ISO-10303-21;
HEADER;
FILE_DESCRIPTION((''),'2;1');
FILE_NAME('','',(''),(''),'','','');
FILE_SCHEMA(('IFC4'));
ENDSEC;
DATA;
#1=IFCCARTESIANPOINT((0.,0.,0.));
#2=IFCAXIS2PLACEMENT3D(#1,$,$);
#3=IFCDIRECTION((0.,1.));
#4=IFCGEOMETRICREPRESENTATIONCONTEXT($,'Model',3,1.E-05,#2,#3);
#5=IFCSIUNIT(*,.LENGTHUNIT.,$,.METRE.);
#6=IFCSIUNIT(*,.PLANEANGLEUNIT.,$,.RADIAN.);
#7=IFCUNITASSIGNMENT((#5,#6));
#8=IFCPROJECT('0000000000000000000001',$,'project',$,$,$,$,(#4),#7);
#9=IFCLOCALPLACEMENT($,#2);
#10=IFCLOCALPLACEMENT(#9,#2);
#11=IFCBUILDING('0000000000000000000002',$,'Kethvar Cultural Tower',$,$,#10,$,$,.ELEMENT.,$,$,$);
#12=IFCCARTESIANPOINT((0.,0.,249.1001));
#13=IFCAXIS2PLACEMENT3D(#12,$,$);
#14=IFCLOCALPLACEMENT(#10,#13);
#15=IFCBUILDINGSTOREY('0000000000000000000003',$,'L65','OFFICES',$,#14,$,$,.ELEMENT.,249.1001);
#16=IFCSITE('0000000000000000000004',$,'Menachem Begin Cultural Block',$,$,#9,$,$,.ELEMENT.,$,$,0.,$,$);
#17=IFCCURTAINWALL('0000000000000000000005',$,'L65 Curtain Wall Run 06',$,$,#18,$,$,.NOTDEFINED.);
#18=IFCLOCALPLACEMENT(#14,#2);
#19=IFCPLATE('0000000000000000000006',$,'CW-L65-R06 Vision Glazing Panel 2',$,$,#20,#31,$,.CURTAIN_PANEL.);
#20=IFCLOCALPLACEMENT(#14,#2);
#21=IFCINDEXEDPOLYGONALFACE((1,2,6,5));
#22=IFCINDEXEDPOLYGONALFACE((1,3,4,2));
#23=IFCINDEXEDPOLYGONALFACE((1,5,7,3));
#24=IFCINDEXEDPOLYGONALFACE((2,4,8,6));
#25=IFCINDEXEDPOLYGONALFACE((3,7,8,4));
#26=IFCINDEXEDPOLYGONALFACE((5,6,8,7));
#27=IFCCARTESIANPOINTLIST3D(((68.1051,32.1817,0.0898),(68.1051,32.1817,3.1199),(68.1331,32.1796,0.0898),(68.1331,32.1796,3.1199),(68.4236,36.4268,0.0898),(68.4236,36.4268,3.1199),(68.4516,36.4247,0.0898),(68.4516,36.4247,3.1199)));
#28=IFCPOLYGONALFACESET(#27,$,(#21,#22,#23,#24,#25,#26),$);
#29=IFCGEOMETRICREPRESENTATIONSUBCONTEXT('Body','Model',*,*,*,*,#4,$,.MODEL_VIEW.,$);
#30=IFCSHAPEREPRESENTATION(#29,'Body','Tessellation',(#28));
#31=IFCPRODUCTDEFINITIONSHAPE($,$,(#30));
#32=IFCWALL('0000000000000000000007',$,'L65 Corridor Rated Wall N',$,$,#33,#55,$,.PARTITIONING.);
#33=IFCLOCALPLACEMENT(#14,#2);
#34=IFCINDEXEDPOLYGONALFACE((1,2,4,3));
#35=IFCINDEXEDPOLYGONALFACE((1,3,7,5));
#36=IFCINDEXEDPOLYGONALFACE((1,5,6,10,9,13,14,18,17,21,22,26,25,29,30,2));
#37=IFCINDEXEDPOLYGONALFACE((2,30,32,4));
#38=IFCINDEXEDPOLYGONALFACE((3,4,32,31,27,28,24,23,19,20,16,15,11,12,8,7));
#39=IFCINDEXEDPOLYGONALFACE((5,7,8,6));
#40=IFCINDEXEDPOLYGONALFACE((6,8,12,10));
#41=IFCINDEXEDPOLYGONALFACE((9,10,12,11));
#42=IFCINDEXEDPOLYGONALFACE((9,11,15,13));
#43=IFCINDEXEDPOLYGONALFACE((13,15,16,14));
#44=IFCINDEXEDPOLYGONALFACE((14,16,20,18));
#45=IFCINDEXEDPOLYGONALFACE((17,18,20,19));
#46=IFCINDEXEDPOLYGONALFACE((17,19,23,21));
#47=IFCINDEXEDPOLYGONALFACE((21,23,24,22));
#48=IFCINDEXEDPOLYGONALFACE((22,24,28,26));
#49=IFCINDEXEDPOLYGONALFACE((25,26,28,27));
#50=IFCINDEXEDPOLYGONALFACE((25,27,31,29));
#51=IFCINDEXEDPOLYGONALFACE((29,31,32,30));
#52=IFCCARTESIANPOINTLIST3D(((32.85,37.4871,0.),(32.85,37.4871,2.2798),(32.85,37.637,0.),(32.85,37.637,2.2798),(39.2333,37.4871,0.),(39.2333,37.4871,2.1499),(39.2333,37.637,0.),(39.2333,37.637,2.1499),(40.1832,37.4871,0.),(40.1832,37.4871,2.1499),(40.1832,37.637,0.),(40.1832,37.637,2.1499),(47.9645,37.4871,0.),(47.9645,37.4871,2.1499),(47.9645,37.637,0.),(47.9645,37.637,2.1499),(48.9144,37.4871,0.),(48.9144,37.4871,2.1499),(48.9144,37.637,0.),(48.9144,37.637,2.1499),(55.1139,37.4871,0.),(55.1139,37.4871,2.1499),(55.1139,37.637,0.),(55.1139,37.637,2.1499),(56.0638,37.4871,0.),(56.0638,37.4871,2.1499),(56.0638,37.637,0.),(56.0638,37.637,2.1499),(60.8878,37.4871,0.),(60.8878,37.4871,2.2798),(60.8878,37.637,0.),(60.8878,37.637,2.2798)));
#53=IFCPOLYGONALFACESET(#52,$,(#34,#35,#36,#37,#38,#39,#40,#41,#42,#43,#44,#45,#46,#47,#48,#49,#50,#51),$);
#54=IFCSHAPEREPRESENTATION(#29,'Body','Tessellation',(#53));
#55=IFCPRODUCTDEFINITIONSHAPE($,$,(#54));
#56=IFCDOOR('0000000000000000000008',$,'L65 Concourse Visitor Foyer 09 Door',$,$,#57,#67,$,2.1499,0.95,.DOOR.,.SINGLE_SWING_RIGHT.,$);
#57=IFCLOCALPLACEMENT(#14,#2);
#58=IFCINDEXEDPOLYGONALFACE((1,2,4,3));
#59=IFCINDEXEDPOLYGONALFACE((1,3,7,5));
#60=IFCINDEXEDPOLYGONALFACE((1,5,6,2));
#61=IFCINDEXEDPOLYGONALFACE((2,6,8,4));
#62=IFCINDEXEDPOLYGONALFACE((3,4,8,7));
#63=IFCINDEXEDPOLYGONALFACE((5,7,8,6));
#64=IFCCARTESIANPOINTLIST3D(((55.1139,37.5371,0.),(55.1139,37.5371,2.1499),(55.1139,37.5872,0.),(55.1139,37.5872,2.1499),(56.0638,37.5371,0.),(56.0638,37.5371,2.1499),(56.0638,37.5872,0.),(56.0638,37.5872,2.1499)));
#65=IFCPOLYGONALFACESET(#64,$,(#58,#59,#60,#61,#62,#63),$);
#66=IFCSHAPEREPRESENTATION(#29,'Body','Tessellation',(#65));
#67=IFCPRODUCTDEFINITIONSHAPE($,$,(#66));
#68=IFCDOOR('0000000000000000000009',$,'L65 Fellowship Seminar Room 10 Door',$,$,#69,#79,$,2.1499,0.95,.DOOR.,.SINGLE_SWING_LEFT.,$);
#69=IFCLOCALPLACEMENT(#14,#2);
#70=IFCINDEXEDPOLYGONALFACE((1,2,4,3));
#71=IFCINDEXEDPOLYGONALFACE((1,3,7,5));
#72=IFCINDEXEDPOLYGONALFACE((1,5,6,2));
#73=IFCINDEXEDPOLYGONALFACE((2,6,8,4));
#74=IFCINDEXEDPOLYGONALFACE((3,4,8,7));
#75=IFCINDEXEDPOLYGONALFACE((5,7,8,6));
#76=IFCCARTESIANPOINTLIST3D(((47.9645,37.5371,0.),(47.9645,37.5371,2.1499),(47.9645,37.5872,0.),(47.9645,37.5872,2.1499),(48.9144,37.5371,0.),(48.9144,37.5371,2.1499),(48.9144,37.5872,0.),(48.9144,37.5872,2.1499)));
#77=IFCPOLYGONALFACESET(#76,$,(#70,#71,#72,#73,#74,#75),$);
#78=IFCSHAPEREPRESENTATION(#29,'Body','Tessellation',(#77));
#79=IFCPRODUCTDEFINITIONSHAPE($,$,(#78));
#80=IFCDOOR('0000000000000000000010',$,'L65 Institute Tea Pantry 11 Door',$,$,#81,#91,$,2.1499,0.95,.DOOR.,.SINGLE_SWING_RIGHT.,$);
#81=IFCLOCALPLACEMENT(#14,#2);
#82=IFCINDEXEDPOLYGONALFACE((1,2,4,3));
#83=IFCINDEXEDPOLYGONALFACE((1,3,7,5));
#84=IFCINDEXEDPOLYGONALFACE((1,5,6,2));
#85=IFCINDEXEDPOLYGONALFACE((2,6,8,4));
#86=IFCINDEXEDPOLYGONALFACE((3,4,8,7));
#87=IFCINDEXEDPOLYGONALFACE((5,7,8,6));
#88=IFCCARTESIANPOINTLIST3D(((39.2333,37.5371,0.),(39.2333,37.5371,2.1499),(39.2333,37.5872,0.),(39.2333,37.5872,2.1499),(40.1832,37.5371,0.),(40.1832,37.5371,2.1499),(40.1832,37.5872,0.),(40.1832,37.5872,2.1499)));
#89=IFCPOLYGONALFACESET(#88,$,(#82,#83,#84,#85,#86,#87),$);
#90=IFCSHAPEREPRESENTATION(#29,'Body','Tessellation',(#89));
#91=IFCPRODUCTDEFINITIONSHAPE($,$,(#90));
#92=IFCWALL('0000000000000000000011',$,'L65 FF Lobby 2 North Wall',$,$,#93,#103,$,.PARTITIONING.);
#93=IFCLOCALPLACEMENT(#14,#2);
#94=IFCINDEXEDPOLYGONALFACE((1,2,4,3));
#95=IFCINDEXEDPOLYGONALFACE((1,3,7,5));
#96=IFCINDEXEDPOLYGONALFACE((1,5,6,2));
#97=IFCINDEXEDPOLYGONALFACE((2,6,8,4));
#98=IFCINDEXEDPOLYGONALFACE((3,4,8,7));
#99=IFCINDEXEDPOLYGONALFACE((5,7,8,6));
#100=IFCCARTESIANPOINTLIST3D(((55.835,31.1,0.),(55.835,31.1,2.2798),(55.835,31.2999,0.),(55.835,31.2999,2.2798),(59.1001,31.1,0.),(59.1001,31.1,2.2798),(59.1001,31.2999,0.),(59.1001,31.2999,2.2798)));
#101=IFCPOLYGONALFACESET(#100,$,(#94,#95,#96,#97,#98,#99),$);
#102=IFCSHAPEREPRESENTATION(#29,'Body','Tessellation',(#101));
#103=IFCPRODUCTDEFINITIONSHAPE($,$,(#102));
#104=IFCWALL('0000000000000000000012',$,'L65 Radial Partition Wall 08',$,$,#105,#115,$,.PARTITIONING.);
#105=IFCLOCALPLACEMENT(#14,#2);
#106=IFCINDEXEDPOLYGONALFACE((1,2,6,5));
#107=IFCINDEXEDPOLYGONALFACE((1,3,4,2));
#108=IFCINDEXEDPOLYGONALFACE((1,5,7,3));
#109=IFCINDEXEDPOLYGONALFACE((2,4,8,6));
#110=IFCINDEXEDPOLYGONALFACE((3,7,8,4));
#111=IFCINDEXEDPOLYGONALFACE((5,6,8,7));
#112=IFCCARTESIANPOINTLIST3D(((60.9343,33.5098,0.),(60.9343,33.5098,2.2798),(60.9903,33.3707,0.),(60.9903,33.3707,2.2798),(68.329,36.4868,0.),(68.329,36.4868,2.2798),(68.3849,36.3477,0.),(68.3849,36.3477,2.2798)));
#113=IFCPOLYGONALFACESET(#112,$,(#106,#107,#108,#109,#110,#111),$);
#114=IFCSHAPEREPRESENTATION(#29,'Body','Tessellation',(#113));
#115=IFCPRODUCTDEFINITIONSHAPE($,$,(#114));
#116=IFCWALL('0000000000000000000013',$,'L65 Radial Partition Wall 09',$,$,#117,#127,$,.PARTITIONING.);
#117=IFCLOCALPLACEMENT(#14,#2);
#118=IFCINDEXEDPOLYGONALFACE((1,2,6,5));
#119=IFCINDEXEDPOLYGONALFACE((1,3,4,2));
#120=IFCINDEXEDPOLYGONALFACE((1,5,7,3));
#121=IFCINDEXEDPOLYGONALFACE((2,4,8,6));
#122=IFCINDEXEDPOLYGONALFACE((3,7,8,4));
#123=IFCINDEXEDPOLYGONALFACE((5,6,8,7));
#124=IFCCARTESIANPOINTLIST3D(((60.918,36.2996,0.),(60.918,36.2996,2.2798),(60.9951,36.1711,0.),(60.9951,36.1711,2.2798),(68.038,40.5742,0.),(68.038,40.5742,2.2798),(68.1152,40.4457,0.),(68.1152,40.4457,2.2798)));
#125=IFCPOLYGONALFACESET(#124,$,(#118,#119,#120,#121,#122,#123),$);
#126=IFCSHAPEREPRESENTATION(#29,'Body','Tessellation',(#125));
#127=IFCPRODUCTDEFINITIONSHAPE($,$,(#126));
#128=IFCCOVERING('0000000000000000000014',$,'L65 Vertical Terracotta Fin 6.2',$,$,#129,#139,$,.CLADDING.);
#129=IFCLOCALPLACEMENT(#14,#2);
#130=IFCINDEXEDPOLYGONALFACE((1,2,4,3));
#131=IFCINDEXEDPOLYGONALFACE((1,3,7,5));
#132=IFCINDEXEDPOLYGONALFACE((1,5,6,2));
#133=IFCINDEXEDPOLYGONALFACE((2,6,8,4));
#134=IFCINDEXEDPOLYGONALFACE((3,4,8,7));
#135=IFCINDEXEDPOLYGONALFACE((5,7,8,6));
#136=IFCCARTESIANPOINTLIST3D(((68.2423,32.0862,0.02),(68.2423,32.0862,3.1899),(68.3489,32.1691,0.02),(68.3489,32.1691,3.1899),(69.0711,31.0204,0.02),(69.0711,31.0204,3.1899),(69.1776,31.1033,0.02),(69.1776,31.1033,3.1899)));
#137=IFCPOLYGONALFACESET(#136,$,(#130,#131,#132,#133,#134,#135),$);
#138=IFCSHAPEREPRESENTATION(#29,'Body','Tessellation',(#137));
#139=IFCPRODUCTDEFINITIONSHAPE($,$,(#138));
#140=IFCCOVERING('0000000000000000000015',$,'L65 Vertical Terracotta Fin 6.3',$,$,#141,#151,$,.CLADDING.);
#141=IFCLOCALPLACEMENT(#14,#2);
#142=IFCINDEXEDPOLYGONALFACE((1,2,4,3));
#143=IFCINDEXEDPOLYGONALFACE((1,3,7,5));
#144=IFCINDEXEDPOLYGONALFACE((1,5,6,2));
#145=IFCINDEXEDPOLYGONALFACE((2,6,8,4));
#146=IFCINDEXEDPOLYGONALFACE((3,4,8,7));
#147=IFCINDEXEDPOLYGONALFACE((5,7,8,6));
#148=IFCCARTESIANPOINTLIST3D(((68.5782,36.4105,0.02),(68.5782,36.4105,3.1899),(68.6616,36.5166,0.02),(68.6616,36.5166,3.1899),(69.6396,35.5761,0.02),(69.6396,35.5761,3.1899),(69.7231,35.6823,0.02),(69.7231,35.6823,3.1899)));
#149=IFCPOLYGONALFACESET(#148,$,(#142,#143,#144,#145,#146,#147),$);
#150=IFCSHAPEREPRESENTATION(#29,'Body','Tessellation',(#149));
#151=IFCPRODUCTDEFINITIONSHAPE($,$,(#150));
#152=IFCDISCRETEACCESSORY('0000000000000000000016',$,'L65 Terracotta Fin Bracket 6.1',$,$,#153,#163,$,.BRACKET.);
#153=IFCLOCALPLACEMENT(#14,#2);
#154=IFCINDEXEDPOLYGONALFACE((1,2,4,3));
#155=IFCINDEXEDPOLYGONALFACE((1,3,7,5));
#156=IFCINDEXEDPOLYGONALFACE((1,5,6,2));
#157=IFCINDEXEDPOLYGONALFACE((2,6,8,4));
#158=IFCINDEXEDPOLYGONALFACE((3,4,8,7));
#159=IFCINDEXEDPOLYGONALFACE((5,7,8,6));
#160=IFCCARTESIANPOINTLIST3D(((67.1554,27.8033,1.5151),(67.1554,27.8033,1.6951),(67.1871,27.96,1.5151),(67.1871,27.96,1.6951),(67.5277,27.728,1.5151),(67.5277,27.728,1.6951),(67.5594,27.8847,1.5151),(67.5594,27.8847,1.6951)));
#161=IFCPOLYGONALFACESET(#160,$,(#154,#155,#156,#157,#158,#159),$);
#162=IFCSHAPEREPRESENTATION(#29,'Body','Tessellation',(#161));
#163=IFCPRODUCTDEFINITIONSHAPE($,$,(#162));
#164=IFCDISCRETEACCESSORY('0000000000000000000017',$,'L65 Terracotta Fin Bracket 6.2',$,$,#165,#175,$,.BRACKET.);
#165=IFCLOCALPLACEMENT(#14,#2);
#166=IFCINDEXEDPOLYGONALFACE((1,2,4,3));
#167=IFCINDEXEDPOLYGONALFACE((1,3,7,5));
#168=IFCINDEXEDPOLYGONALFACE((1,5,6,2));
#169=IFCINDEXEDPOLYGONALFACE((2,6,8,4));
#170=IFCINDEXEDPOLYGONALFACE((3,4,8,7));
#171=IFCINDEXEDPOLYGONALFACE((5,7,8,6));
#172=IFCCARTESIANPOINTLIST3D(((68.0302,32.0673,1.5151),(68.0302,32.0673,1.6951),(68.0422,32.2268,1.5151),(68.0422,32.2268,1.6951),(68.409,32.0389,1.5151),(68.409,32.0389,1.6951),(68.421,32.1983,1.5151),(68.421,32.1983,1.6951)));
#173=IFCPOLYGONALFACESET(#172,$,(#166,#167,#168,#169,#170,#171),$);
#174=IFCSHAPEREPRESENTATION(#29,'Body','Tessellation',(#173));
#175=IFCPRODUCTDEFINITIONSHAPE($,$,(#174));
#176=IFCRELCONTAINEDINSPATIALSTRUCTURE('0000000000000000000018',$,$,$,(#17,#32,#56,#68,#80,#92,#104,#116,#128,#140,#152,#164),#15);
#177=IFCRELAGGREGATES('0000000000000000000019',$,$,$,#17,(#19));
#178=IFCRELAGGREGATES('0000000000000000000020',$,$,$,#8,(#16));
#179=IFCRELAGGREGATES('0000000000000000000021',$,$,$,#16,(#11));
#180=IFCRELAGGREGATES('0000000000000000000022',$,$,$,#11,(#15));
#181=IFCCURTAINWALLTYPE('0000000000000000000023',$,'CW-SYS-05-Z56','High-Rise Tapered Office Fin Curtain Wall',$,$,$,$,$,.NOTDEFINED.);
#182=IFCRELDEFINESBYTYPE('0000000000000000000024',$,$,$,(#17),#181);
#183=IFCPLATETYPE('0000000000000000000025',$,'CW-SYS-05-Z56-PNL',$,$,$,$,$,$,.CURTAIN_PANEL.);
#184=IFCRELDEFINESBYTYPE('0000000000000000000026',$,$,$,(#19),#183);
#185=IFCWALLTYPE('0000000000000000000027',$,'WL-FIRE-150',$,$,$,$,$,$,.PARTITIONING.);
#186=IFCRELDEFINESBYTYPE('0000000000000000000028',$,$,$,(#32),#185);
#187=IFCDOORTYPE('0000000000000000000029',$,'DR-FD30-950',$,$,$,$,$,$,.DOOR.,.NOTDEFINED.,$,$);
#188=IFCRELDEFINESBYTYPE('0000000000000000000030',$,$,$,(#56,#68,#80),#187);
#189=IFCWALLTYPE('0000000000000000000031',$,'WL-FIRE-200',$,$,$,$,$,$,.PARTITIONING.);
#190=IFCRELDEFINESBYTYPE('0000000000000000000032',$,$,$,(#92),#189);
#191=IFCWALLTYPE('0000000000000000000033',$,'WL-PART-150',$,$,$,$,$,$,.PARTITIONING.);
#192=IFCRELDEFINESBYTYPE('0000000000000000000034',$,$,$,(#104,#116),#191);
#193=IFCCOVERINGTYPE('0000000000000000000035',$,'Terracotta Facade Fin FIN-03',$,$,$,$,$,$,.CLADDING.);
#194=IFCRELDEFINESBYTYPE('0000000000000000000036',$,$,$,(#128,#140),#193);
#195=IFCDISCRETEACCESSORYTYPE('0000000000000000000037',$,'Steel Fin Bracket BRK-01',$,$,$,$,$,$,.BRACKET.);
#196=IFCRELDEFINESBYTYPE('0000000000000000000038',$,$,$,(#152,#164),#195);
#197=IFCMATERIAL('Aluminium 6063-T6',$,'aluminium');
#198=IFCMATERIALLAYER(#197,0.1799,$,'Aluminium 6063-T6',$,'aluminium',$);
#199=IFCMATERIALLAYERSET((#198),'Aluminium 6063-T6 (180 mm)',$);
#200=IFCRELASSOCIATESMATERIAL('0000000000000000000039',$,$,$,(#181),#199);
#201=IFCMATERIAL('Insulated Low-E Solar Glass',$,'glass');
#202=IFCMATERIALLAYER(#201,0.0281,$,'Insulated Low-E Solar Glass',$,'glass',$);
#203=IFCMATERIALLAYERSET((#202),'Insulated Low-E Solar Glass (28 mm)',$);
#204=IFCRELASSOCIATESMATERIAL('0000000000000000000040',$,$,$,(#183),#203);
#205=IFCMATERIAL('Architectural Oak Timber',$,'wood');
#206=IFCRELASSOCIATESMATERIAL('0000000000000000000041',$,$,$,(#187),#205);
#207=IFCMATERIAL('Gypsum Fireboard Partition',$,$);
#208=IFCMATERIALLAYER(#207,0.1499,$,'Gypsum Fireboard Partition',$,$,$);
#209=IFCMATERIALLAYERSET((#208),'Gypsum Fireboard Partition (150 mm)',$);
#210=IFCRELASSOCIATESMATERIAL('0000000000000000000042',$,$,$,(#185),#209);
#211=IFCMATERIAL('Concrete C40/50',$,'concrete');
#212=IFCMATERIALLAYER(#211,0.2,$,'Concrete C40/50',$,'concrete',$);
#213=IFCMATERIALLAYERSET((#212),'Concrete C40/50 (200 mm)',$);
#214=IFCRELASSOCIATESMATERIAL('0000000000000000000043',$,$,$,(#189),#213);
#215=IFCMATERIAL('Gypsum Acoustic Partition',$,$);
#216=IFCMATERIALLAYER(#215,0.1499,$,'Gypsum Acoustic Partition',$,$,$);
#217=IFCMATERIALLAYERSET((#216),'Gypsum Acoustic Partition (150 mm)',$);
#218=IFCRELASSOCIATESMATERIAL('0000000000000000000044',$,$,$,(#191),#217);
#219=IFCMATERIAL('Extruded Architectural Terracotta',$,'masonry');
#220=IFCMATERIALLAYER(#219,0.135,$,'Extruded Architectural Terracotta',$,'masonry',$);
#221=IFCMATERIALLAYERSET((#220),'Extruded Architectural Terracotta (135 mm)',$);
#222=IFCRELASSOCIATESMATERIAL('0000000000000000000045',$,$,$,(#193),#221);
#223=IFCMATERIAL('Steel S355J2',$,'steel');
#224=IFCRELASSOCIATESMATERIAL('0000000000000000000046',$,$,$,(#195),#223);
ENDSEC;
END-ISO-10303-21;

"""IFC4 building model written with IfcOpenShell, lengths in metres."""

from ifc_helpers import new_model, si_unit, direction, frame, frame_2d, origin, origin_2d, place, context, subcontext, project, spatial, rectangle, extrude, source, transform, mapped, material, layer, layer_set, type_object, element, fill, aggregate, save


model = new_model("IFC4")

# Units and contexts
model_context = context("Model", 3, precision=1e-05, world=origin(), true_north=direction((0.0, 1.0)))
body_context = subcontext(model_context, "Body", "Model", "MODEL_VIEW")
ifc_project = project(units=[si_unit("LENGTHUNIT", "METRE"), si_unit("PLANEANGLEUNIT", "RADIAN")], contexts=[model_context])

# Site, building, storey
site_placement = place(None, origin())
site = spatial("IfcSite", under=ifc_project, at=site_placement, Name="Menachem Begin Cultural Block", CompositionType="ELEMENT", RefElevation=0.0)
building_placement = place(site_placement, origin())
building = spatial("IfcBuilding", under=site, at=building_placement, Name="Kethvar Cultural Tower", CompositionType="ELEMENT")
storey_placement = place(building_placement, frame((0.0, 0.0, 249.1001)))
storey = spatial("IfcBuildingStorey", under=building, at=storey_placement, Name="L65", Description="OFFICES", CompositionType="ELEMENT", Elevation=249.1001)

# Shared definitions
ifc_material_1 = material(Name="Steel S355J2", Category="steel")

# Curtain wall, plate
ifc_material_2 = material(Name="Aluminium 6063-T6", Category="aluminium")
ifc_layer_1 = layer(ifc_material_2, 0.1799, Name="Aluminium 6063-T6", Category="aluminium")
ifc_layer_set_1 = layer_set([ifc_layer_1], Name="Aluminium 6063-T6 (180 mm)")
curtain_wall_type = type_object("IfcCurtainWallType", Name="CW-SYS-05-Z56", Description="High-Rise Tapered Office Fin Curtain Wall", PredefinedType="NOTDEFINED", material=ifc_layer_set_1)
curtain_wall_placement = place(storey_placement, origin())
curtain_wall = element("IfcCurtainWall", 1, at=curtain_wall_placement, inside=storey, type_object=curtain_wall_type, Name="L65 Curtain Wall Run 06", PredefinedType="NOTDEFINED")
ifc_material_3 = material(Name="Insulated Low-E Solar Glass", Category="glass")
ifc_layer_2 = layer(ifc_material_3, 0.0281, Name="Insulated Low-E Solar Glass", Category="glass")
ifc_layer_set_2 = layer_set([ifc_layer_2], Name="Insulated Low-E Solar Glass (28 mm)")
plate_type = type_object("IfcPlateType", Name="CW-SYS-05-Z56-PNL", PredefinedType="CURTAIN_PANEL", material=ifc_layer_set_2)
shared_shape_1 = source(origin(), body_context, "Body", "SweptSolid", [
    extrude(rectangle(XDim=4.2571, YDim=0.0281, at=origin_2d()), origin(), (0.0, 0.0, 1.0), 3.03),
])
plate_1_placement = place(storey_placement, frame((68.2783, 34.3032, 0.0898), z_axis=(0.0, 0.0, 1.0), x_axis=(0.074822, 0.997197, 0.0)))
plate_1 = element("IfcPlate", 2, at=plate_1_placement, type_object=plate_type, Name="CW-L65-R06 Vision Glazing Panel 2", PredefinedType="CURTAIN_PANEL", context=body_context, shape_type="MappedRepresentation", body=[
    mapped(shared_shape_1, transform((0.0, 0.0, 0.0), scale=1.0)),
])
aggregate(curtain_wall, [plate_1])

# Wall, openings, doors
ifc_material_4 = material(Name="Architectural Oak Timber", Category="wood")
door_type_1 = type_object("IfcDoorType", Name="DR-FD30-950", OperationType="NOTDEFINED", PredefinedType="DOOR", material=ifc_material_4)
shared_shape_2 = source(origin(), body_context, "Body", "SweptSolid", [
    extrude(rectangle(XDim=0.95, YDim=2.1499, at=frame_2d((0.4751, 1.075))), frame((0.0, 0.0249, 0.0), z_axis=(0.0, -1.0, 0.0), x_axis=(1.0, 0.0, 0.0)), (0.0, 0.0, 1.0), 0.05),
])
ifc_material_5 = material(Name="Gypsum Fireboard Partition")
ifc_layer_3 = layer(ifc_material_5, 0.1499, Name="Gypsum Fireboard Partition")
ifc_layer_set_3 = layer_set([ifc_layer_3], Name="Gypsum Fireboard Partition (150 mm)")
wall_type_1 = type_object("IfcWallType", Name="WL-FIRE-150", PredefinedType="PARTITIONING", material=ifc_layer_set_3)
wall_1_placement = place(storey_placement, frame((60.8879, 37.562, 0.0), z_axis=(0.0, 0.0, 1.0), x_axis=(-1.0, 0.0, 0.0)))
wall_1 = element("IfcWall", 3, at=wall_1_placement, inside=storey, type_object=wall_type_1, Name="L65 Corridor Rated Wall N", PredefinedType="PARTITIONING", context=body_context, shape_type="SweptSolid", body=[
    extrude(rectangle(XDim=28.0378, YDim=0.1499, at=frame_2d((14.019, 0.0))), origin(), (0.0, 0.0, 1.0), 2.2798),
])
opening_1_placement = place(wall_1_placement, frame((4.824, 0.0, 0.0)))
opening_1 = element("IfcOpeningElement", 4, at=opening_1_placement, cuts=wall_1, PredefinedType="OPENING", context=body_context, shape_type="SweptSolid", body=[
    extrude(rectangle(XDim=0.95, YDim=2.1499, at=frame_2d((0.4751, 1.075))), frame((0.0, 0.085, 0.0), z_axis=(0.0, -1.0, 0.0), x_axis=(1.0, 0.0, 0.0)), (0.0, 0.0, 1.0), 0.1699),
])
opening_2_placement = place(wall_1_placement, frame((11.9734, 0.0, 0.0)))
opening_2 = element("IfcOpeningElement", 5, at=opening_2_placement, cuts=wall_1, PredefinedType="OPENING", context=body_context, shape_type="SweptSolid", body=[
    extrude(rectangle(XDim=0.95, YDim=2.1499, at=frame_2d((0.4751, 1.075))), frame((0.0, 0.085, 0.0), z_axis=(0.0, -1.0, 0.0), x_axis=(1.0, 0.0, 0.0)), (0.0, 0.0, 1.0), 0.1699),
])
opening_3_placement = place(wall_1_placement, frame((20.7046, 0.0, 0.0)))
opening_3 = element("IfcOpeningElement", 6, at=opening_3_placement, cuts=wall_1, PredefinedType="OPENING", context=body_context, shape_type="SweptSolid", body=[
    extrude(rectangle(XDim=0.95, YDim=2.1499, at=frame_2d((0.4751, 1.075))), frame((0.0, 0.085, 0.0), z_axis=(0.0, -1.0, 0.0), x_axis=(1.0, 0.0, 0.0)), (0.0, 0.0, 1.0), 0.1699),
])
door_1_placement = place(opening_1_placement, origin())
door_1 = element("IfcDoor", 7, at=door_1_placement, inside=storey, type_object=door_type_1, Name="L65 Concourse Visitor Foyer 09 Door", OperationType="SINGLE_SWING_RIGHT", OverallHeight=2.1499, OverallWidth=0.95, PredefinedType="DOOR", context=body_context, shape_type="MappedRepresentation", body=[
    mapped(shared_shape_2, transform((0.0, 0.0, 0.0), scale=1.0)),
])
fill(opening_1, door_1)
door_2_placement = place(opening_2_placement, origin())
door_2 = element("IfcDoor", 8, at=door_2_placement, inside=storey, type_object=door_type_1, Name="L65 Fellowship Seminar Room 10 Door", OperationType="SINGLE_SWING_LEFT", OverallHeight=2.1499, OverallWidth=0.95, PredefinedType="DOOR", context=body_context, shape_type="MappedRepresentation", body=[
    mapped(shared_shape_2, transform((0.0, 0.0, 0.0), scale=1.0)),
])
fill(opening_2, door_2)
door_3_placement = place(opening_3_placement, origin())
door_3 = element("IfcDoor", 9, at=door_3_placement, inside=storey, type_object=door_type_1, Name="L65 Institute Tea Pantry 11 Door", OperationType="SINGLE_SWING_RIGHT", OverallHeight=2.1499, OverallWidth=0.95, PredefinedType="DOOR", context=body_context, shape_type="MappedRepresentation", body=[
    mapped(shared_shape_2, transform((0.0, 0.0, 0.0), scale=1.0)),
])
fill(opening_3, door_3)

# Walls
ifc_material_6 = material(Name="Concrete C40/50", Category="concrete")
ifc_layer_4 = layer(ifc_material_6, 0.2, Name="Concrete C40/50", Category="concrete")
ifc_layer_set_4 = layer_set([ifc_layer_4], Name="Concrete C40/50 (200 mm)")
wall_type_2 = type_object("IfcWallType", Name="WL-FIRE-200", PredefinedType="PARTITIONING", material=ifc_layer_set_4)
wall_2_placement = place(storey_placement, frame((55.835, 31.2, 0.0), z_axis=(0.0, 0.0, 1.0), x_axis=(1.0, 0.0, 0.0)))
element("IfcWall", 10, at=wall_2_placement, inside=storey, type_object=wall_type_2, Name="L65 FF Lobby 2 North Wall", PredefinedType="PARTITIONING", context=body_context, shape_type="SweptSolid", body=[
    extrude(rectangle(XDim=3.2651, YDim=0.2, at=frame_2d((1.6326, 0.0))), origin(), (0.0, 0.0, 1.0), 2.2798),
])
ifc_material_7 = material(Name="Gypsum Acoustic Partition")
ifc_layer_5 = layer(ifc_material_7, 0.1499, Name="Gypsum Acoustic Partition")
ifc_layer_set_5 = layer_set([ifc_layer_5], Name="Gypsum Acoustic Partition (150 mm)")
wall_type_3 = type_object("IfcWallType", Name="WL-PART-150", PredefinedType="PARTITIONING", material=ifc_layer_set_5)
wall_3_placement = place(storey_placement, frame((60.9622, 33.4402, 0.0), z_axis=(0.0, 0.0, 1.0), x_axis=(0.927646, 0.37346, 0.0)))
element("IfcWall", 11, at=wall_3_placement, inside=storey, type_object=wall_type_3, Name="L65 Radial Partition Wall 08", PredefinedType="PARTITIONING", context=body_context, shape_type="SweptSolid", body=[
    extrude(rectangle(XDim=7.9714, YDim=0.1499, at=frame_2d((3.9858, 0.0))), origin(), (0.0, 0.0, 1.0), 2.2798),
])
wall_4_placement = place(storey_placement, frame((60.9565, 36.2354, 0.0), z_axis=(0.0, 0.0, 1.0), x_axis=(0.857355, 0.514725, 0.0)))
element("IfcWall", 12, at=wall_4_placement, inside=storey, type_object=wall_type_3, Name="L65 Radial Partition Wall 09", PredefinedType="PARTITIONING", context=body_context, shape_type="SweptSolid", body=[
    extrude(rectangle(XDim=8.3047, YDim=0.1499, at=frame_2d((4.1523, 0.0))), origin(), (0.0, 0.0, 1.0), 2.2798),
])

# Coverings
ifc_material_8 = material(Name="Extruded Architectural Terracotta", Category="masonry")
ifc_layer_6 = layer(ifc_material_8, 0.135, Name="Extruded Architectural Terracotta", Category="masonry")
ifc_layer_set_6 = layer_set([ifc_layer_6], Name="Extruded Architectural Terracotta (135 mm)")
covering_type = type_object("IfcCoveringType", Name="Terracotta Facade Fin FIN-03", PredefinedType="CLADDING", material=ifc_layer_set_6)
shared_shape_3 = source(origin(), body_context, "Body", "SweptSolid", [
    extrude(rectangle(XDim=1.3501, YDim=0.135, at=origin_2d()), origin(), (0.0, 0.0, 1.0), 3.1699),
])
for number, where, z_axis, x_axis, name in (
    (13, (68.71, 31.5947, 0.02), (0.0, 0.0, 1.0), (0.613872, -0.789406, 0.0), "L65 Vertical Terracotta Fin 6.2"),
    (14, (69.1506, 36.0464, 0.02), (0.0, 0.0, 1.0), (0.786181, -0.617997, 0.0), "L65 Vertical Terracotta Fin 6.3"),
):
    element("IfcCovering", number, at=place(storey_placement, frame(where, z_axis=z_axis, x_axis=x_axis)), inside=storey, type_object=covering_type, Name=name, PredefinedType="CLADDING", context=body_context, shape_type="MappedRepresentation", body=[
        mapped(shared_shape_3, transform((0.0, 0.0, 0.0), scale=1.0)),
    ])

# Discrete accessories
discrete_accessory_type = type_object("IfcDiscreteAccessoryType", Name="Steel Fin Bracket BRK-01", PredefinedType="BRACKET", material=ifc_material_1)
shared_shape_4 = source(origin(), body_context, "Body", "SweptSolid", [
    extrude(rectangle(XDim=0.3799, YDim=0.1599, at=origin_2d()), origin(), (0.0, 0.0, 1.0), 0.1799),
])
for number, where, z_axis, x_axis, name in (
    (15, (67.3574, 27.844, 1.5151), (0.0, 0.0, 1.0), (0.980133, -0.198342, 0.0), "L65 Terracotta Fin Bracket 6.1"),
    (16, (68.2256, 32.1328, 1.5151), (0.0, 0.0, 1.0), (0.997198, -0.074805, 0.0), "L65 Terracotta Fin Bracket 6.2"),
):
    element("IfcDiscreteAccessory", number, at=place(storey_placement, frame(where, z_axis=z_axis, x_axis=x_axis)), inside=storey, type_object=discrete_accessory_type, Name=name, PredefinedType="BRACKET", context=body_context, shape_type="MappedRepresentation", body=[
        mapped(shared_shape_4, transform((0.0, 0.0, 0.0), scale=1.0)),
    ])

save(model, "model.ifc")
